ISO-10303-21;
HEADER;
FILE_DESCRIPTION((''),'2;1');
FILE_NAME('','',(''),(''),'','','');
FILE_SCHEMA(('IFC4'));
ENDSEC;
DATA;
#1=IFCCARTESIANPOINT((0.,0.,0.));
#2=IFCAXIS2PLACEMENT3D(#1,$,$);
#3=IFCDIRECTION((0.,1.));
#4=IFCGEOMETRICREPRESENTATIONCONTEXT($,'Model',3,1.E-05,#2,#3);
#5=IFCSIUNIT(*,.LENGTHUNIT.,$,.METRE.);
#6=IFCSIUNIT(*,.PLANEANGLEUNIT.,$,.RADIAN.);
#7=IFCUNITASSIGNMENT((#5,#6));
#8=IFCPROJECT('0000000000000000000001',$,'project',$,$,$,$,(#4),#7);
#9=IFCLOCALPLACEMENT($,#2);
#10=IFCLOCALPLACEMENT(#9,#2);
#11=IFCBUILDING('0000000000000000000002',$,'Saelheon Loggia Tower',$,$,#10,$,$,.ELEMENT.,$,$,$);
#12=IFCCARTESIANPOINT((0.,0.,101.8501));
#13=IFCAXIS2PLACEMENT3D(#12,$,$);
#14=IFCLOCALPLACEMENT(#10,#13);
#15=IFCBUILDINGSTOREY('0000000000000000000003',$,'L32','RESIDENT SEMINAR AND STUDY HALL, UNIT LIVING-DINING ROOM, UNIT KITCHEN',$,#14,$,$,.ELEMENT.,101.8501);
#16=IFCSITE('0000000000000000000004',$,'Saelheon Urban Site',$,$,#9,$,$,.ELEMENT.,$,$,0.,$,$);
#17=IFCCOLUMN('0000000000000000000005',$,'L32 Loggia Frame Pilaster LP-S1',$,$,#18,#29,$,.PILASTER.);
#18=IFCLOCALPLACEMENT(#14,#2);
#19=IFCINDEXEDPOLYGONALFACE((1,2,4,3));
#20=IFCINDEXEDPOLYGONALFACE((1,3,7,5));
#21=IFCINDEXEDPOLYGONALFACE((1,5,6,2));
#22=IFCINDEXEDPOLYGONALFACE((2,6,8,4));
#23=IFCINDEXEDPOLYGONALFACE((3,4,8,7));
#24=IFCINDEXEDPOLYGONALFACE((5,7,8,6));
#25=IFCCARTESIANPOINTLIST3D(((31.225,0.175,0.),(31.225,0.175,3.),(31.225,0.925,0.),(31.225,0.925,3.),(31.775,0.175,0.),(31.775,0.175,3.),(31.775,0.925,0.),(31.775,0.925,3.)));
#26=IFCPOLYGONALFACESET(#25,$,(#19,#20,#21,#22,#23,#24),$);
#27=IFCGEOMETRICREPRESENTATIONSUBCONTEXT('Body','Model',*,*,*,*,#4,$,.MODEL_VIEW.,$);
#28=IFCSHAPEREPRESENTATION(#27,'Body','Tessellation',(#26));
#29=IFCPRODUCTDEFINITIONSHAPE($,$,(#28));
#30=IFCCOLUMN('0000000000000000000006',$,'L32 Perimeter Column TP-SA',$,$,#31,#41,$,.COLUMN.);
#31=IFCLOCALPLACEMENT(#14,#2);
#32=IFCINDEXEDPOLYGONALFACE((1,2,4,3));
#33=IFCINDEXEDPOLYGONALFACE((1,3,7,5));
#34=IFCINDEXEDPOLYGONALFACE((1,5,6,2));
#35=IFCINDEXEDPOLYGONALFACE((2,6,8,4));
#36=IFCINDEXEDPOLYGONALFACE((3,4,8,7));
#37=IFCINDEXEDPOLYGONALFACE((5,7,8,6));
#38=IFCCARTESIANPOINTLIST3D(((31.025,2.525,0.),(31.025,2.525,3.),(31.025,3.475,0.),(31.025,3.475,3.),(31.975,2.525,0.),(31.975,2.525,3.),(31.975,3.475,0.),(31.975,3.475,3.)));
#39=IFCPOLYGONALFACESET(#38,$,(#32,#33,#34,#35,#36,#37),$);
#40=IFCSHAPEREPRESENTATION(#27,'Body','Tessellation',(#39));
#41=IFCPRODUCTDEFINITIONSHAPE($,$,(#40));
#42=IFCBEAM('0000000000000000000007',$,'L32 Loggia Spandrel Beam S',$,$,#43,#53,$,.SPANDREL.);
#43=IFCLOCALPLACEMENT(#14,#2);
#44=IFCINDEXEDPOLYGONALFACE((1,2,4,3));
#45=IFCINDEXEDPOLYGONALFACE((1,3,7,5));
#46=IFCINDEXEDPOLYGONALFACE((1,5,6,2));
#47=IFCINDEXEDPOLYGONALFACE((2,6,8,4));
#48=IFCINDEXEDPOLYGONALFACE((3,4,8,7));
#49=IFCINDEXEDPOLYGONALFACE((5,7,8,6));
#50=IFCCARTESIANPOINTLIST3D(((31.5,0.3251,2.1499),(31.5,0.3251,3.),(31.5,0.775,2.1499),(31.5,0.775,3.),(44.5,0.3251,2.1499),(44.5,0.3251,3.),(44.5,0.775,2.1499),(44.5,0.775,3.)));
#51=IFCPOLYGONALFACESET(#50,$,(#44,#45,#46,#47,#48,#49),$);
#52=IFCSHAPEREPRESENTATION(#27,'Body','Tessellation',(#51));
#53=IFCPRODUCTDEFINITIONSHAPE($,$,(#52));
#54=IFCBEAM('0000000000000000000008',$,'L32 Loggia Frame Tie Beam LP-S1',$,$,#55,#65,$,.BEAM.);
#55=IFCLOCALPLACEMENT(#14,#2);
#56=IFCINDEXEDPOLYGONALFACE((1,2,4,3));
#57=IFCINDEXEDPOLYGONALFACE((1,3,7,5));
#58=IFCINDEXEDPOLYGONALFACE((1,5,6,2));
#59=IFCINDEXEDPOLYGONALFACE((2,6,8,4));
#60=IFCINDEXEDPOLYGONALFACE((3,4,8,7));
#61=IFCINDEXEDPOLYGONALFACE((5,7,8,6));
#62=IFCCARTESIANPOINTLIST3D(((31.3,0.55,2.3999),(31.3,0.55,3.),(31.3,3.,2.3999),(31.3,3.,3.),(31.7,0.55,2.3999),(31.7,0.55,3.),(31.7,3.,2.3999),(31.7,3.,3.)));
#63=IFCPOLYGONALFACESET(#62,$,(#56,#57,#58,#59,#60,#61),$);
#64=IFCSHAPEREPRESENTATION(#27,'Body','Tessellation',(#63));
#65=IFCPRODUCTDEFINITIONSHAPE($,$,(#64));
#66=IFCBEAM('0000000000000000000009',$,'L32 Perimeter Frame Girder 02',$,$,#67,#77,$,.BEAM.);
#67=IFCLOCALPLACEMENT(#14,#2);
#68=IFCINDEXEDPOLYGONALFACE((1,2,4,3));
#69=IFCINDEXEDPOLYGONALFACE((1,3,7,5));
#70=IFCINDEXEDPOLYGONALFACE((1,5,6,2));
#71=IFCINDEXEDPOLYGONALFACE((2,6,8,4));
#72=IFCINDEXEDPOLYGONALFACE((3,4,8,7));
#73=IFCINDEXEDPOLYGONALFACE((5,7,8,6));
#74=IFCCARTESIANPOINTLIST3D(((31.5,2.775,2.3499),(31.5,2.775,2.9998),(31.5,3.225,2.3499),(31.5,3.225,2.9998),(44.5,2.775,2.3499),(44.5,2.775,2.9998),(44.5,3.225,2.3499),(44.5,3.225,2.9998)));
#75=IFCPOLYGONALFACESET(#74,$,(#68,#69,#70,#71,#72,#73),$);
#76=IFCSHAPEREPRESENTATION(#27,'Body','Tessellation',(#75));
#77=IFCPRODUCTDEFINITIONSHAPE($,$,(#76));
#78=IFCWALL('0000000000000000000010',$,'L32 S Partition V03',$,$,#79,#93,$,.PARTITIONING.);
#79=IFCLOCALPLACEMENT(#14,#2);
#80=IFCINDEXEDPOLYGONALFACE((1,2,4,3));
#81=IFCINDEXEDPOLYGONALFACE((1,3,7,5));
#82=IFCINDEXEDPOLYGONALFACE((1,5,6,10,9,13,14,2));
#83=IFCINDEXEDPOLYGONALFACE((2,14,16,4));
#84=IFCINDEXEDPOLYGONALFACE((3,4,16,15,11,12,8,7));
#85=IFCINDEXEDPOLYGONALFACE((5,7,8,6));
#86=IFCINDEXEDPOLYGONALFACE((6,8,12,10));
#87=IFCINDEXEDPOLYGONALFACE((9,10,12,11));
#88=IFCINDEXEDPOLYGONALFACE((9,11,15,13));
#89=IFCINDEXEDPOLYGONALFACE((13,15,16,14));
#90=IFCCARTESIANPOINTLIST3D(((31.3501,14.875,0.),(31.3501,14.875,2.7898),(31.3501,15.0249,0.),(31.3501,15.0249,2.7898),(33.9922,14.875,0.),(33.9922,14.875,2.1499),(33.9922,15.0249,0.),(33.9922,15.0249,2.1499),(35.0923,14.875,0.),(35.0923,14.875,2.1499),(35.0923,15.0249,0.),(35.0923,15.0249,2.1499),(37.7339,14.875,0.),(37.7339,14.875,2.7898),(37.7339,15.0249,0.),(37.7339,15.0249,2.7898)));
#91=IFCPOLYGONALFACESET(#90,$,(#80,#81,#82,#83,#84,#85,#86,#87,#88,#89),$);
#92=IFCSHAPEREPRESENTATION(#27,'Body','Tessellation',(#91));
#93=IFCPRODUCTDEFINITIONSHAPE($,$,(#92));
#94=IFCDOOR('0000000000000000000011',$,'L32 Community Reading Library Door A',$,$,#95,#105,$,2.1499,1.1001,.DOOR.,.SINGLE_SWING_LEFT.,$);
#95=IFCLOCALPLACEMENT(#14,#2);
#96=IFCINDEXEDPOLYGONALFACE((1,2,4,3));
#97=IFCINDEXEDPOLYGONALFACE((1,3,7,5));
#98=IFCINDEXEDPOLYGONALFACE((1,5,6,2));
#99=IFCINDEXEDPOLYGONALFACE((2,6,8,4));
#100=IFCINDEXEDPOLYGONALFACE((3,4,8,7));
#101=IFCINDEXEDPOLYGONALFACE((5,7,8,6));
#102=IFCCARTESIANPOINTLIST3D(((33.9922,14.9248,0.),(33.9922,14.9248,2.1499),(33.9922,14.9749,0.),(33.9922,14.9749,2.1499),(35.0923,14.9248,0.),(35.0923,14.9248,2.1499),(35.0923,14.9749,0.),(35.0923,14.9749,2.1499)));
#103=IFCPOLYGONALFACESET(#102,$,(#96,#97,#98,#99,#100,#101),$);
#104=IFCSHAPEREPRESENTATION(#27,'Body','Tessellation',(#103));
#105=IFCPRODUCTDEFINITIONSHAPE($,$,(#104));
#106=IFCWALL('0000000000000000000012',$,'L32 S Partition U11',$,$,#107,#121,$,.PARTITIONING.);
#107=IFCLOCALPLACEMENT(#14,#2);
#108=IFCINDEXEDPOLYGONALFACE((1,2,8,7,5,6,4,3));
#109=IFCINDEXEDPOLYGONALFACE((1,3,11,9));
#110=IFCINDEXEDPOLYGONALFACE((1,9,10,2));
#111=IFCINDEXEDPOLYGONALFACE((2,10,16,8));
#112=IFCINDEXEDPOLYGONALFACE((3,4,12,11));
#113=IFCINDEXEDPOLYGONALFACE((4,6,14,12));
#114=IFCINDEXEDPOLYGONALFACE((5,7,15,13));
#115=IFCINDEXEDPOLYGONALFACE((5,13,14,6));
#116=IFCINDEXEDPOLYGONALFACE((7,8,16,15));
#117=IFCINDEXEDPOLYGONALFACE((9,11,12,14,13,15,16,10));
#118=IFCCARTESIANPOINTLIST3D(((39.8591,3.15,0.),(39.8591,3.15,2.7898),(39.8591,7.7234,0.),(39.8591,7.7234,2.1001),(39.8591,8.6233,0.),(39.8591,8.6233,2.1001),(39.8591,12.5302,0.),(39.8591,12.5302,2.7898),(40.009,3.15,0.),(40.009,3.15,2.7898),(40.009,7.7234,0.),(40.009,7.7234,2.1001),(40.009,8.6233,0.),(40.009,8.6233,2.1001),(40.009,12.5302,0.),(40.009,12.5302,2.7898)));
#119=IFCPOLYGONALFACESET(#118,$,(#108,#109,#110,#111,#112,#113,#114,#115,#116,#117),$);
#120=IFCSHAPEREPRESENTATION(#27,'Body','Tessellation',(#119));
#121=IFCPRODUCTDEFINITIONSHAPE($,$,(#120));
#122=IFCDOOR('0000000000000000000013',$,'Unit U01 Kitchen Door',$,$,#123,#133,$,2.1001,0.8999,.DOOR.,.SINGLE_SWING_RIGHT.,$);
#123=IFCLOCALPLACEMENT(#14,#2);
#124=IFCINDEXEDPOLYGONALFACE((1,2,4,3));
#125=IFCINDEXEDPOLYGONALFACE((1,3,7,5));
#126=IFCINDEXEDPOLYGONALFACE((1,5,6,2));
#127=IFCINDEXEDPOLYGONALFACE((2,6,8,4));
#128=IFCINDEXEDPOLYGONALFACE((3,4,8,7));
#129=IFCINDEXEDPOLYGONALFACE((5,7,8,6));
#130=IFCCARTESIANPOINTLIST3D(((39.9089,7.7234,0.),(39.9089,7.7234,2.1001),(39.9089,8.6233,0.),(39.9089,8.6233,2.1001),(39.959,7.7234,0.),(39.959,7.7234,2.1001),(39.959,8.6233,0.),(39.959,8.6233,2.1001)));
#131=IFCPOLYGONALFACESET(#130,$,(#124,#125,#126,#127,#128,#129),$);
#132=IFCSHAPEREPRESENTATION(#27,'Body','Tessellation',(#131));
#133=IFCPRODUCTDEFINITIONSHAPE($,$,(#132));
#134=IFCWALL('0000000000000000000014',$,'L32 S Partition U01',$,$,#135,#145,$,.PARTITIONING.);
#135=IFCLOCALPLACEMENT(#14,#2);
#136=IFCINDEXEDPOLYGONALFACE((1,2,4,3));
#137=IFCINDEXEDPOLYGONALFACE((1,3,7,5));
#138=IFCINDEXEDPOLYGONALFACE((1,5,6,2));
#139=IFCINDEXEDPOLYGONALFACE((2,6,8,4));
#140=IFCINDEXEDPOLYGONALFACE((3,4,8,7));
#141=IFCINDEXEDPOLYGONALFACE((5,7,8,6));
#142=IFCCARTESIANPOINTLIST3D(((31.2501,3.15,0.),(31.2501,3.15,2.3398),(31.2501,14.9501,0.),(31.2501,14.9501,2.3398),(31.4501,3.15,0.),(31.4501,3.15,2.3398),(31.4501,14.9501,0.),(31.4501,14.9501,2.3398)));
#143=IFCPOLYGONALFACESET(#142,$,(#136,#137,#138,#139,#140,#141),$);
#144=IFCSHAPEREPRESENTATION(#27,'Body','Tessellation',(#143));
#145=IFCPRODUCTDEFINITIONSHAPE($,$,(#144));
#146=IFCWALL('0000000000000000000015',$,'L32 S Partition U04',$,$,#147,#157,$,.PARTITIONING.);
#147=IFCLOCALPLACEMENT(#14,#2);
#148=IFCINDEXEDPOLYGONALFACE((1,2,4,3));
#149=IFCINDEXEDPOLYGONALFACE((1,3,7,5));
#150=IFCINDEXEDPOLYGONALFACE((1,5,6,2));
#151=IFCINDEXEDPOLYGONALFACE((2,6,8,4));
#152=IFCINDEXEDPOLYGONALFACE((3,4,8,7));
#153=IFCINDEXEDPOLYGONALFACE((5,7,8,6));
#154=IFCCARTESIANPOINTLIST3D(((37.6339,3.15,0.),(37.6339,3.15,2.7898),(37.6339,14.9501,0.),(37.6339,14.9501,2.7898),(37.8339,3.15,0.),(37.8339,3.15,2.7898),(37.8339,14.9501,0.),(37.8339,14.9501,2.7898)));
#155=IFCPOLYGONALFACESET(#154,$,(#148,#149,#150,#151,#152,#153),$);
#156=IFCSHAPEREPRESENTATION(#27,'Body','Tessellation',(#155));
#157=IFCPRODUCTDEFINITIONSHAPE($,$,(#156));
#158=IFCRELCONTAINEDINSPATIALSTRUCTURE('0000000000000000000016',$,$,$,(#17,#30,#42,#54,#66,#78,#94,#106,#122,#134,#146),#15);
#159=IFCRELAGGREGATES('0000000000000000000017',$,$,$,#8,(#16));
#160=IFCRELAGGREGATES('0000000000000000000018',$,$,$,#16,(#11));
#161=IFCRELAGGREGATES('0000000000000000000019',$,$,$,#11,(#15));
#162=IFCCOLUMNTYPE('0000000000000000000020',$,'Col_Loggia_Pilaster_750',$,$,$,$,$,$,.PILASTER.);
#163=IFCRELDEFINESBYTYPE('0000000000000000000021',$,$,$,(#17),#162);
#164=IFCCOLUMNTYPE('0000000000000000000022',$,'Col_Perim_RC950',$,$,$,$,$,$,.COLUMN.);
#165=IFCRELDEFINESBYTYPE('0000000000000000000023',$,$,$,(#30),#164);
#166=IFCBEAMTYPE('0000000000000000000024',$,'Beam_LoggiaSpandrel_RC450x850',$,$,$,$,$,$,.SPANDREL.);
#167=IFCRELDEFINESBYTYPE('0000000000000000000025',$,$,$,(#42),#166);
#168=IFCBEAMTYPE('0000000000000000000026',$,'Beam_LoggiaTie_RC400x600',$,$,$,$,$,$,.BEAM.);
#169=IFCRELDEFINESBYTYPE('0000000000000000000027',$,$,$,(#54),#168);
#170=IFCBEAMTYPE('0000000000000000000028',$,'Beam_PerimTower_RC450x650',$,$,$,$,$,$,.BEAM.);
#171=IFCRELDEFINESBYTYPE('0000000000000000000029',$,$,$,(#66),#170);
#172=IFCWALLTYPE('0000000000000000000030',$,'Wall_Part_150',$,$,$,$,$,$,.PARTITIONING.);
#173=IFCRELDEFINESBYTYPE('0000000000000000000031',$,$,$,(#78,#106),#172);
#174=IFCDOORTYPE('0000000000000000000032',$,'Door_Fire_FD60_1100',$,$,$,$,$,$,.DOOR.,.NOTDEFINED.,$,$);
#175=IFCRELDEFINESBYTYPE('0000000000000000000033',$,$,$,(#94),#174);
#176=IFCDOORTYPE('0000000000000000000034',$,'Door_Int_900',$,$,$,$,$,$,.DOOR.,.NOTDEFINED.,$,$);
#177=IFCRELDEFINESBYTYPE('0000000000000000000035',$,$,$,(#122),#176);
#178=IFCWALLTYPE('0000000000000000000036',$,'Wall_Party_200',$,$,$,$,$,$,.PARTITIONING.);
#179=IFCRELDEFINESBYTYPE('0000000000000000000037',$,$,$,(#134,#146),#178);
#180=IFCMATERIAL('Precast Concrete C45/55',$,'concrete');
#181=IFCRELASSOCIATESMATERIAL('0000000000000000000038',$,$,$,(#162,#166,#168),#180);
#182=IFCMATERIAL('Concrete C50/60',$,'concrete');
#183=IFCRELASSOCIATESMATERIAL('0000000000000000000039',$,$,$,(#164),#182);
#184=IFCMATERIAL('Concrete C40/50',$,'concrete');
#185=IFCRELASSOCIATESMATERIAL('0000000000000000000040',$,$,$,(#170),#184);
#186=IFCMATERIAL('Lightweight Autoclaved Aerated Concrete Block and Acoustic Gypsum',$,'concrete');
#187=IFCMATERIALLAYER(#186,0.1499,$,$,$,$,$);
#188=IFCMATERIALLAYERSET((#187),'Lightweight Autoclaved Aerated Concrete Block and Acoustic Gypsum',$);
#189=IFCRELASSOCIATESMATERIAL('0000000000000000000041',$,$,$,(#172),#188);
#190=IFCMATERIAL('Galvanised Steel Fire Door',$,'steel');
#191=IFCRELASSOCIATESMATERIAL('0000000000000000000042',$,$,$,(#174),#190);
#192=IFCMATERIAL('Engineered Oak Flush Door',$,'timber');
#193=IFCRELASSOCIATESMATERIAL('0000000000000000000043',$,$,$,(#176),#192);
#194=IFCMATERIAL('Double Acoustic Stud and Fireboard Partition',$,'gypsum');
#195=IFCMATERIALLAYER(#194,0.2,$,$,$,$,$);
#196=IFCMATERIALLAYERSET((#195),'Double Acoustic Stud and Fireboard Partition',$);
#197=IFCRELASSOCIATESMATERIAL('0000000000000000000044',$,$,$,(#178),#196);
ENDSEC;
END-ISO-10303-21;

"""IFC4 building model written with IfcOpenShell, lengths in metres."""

from ifc_helpers import new_model, si_unit, direction, frame, frame_2d, origin, origin_2d, place, context, subcontext, project, spatial, rectangle, extrude, source, transform, mapped, material, layer, layer_set, material_profile, profile_set, type_object, element, fill, save


model = new_model("IFC4")

# Units and contexts
model_context = context("Model", 3, precision=1e-05, world=origin(), true_north=direction((0.0, 1.0)))
body_context = subcontext(model_context, "Body", "Model", "MODEL_VIEW")
ifc_project = project(units=[si_unit("LENGTHUNIT", "METRE"), si_unit("PLANEANGLEUNIT", "RADIAN")], contexts=[model_context])

# Site, building, storey
site_placement = place(None, origin())
site = spatial("IfcSite", under=ifc_project, at=site_placement, Name="Saelheon Urban Site", CompositionType="ELEMENT", RefElevation=0.0)
building_placement = place(site_placement, origin())
building = spatial("IfcBuilding", under=site, at=building_placement, Name="Saelheon Loggia Tower", CompositionType="ELEMENT")
storey_placement = place(building_placement, frame((0.0, 0.0, 101.8501)))
storey = spatial("IfcBuildingStorey", under=building, at=storey_placement, Name="L32", Description="RESIDENT SEMINAR AND STUDY HALL, UNIT LIVING-DINING ROOM, UNIT KITCHEN", CompositionType="ELEMENT", Elevation=101.8501)

# Columns
ifc_material_1 = material(Name="Precast Concrete C45/55", Category="concrete")
ifc_material_profile_1 = material_profile(ifc_material_1, rectangle(XDim=0.55, YDim=0.75, at=origin_2d()), Name="RC-550x750")
ifc_profile_set_1 = profile_set([ifc_material_profile_1], Name="Precast Concrete C45/55")
column_type_1 = type_object("IfcColumnType", Name="Col_Loggia_Pilaster_750", PredefinedType="PILASTER", material=ifc_profile_set_1)
shared_shape_1 = source(origin(), body_context, "Body", "SweptSolid", [
    extrude(rectangle(XDim=0.55, YDim=0.75, at=origin_2d()), origin(), (0.0, 0.0, 1.0), 3.0),
])
column_1_placement = place(storey_placement, frame((31.5, 0.55, 0.0), z_axis=(0.0, 0.0, 1.0), x_axis=(1.0, 0.0, 0.0)))
element("IfcColumn", 1, at=column_1_placement, inside=storey, type_object=column_type_1, Name="L32 Loggia Frame Pilaster LP-S1", PredefinedType="PILASTER", context=body_context, shape_type="MappedRepresentation", body=[
    mapped(shared_shape_1, transform((0.0, 0.0, 0.0), scale=1.0)),
])
ifc_material_2 = material(Name="Concrete C50/60", Category="concrete")
ifc_material_profile_2 = material_profile(ifc_material_2, rectangle(XDim=0.95, YDim=0.95, at=origin_2d()), Name="RC-950x950")
ifc_profile_set_2 = profile_set([ifc_material_profile_2], Name="Concrete C50/60")
column_type_2 = type_object("IfcColumnType", Name="Col_Perim_RC950", PredefinedType="COLUMN", material=ifc_profile_set_2)
shared_shape_2 = source(origin(), body_context, "Body", "SweptSolid", [
    extrude(rectangle(XDim=0.95, YDim=0.95, at=origin_2d()), origin(), (0.0, 0.0, 1.0), 3.0),
])
column_2_placement = place(storey_placement, frame((31.5, 3.0, 0.0), z_axis=(0.0, 0.0, 1.0), x_axis=(1.0, 0.0, 0.0)))
element("IfcColumn", 2, at=column_2_placement, inside=storey, type_object=column_type_2, Name="L32 Perimeter Column TP-SA", PredefinedType="COLUMN", context=body_context, shape_type="MappedRepresentation", body=[
    mapped(shared_shape_2, transform((0.0, 0.0, 0.0), scale=1.0)),
])

# Beams
ifc_material_profile_3 = material_profile(ifc_material_1, rectangle(XDim=0.45, YDim=0.8501, at=origin_2d()), Name="RC-450x850")
ifc_profile_set_3 = profile_set([ifc_material_profile_3], Name="Precast Concrete C45/55")
beam_type_1 = type_object("IfcBeamType", Name="Beam_LoggiaSpandrel_RC450x850", PredefinedType="SPANDREL", material=ifc_profile_set_3)
shared_shape_3 = source(origin(), body_context, "Body", "SweptSolid", [
    extrude(rectangle(XDim=0.45, YDim=0.8501, at=origin_2d()), origin(), (0.0, 0.0, 1.0), 13.0),
])
beam_1_placement = place(storey_placement, frame((31.5, 0.55, 2.575), z_axis=(1.0, 0.0, 0.0), x_axis=(0.0, 1.0, 0.0)))
element("IfcBeam", 3, at=beam_1_placement, inside=storey, type_object=beam_type_1, Name="L32 Loggia Spandrel Beam S", PredefinedType="SPANDREL", context=body_context, shape_type="MappedRepresentation", body=[
    mapped(shared_shape_3, transform((0.0, 0.0, 0.0), scale=1.0)),
])
ifc_material_profile_4 = material_profile(ifc_material_1, rectangle(XDim=0.3999, YDim=0.6001, at=origin_2d()), Name="RC-400x600")
ifc_profile_set_4 = profile_set([ifc_material_profile_4], Name="Precast Concrete C45/55")
beam_type_2 = type_object("IfcBeamType", Name="Beam_LoggiaTie_RC400x600", PredefinedType="BEAM", material=ifc_profile_set_4)
shared_shape_4 = source(origin(), body_context, "Body", "SweptSolid", [
    extrude(rectangle(XDim=0.3999, YDim=0.6001, at=origin_2d()), origin(), (0.0, 0.0, 1.0), 2.45),
])
beam_2_placement = place(storey_placement, frame((31.5, 3.0, 2.7), z_axis=(0.0, -1.0, 0.0), x_axis=(1.0, 0.0, 0.0)))
element("IfcBeam", 4, at=beam_2_placement, inside=storey, type_object=beam_type_2, Name="L32 Loggia Frame Tie Beam LP-S1", PredefinedType="BEAM", context=body_context, shape_type="MappedRepresentation", body=[
    mapped(shared_shape_4, transform((0.0, 0.0, 0.0), scale=1.0)),
])
ifc_material_3 = material(Name="Concrete C40/50", Category="concrete")
ifc_material_profile_5 = material_profile(ifc_material_3, rectangle(XDim=0.45, YDim=0.6499, at=origin_2d()), Name="RC-450x650")
ifc_profile_set_5 = profile_set([ifc_material_profile_5], Name="Concrete C40/50")
beam_type_3 = type_object("IfcBeamType", Name="Beam_PerimTower_RC450x650", PredefinedType="BEAM", material=ifc_profile_set_5)
shared_shape_5 = source(origin(), body_context, "Body", "SweptSolid", [
    extrude(rectangle(XDim=0.45, YDim=0.6499, at=origin_2d()), origin(), (0.0, 0.0, 1.0), 13.0),
])
beam_3_placement = place(storey_placement, frame((31.5, 3.0, 2.6748), z_axis=(1.0, 0.0, 0.0), x_axis=(0.0, 1.0, 0.0)))
element("IfcBeam", 5, at=beam_3_placement, inside=storey, type_object=beam_type_3, Name="L32 Perimeter Frame Girder 02", PredefinedType="BEAM", context=body_context, shape_type="MappedRepresentation", body=[
    mapped(shared_shape_5, transform((0.0, 0.0, 0.0), scale=1.0)),
])

# Walls, openings, doors
ifc_material_4 = material(Name="Lightweight Autoclaved Aerated Concrete Block and Acoustic Gypsum", Category="concrete")
ifc_layer_1 = layer(ifc_material_4, 0.1499)
ifc_layer_set_1 = layer_set([ifc_layer_1], Name="Lightweight Autoclaved Aerated Concrete Block and Acoustic Gypsum")
wall_type_1 = type_object("IfcWallType", Name="Wall_Part_150", PredefinedType="PARTITIONING", material=ifc_layer_set_1)
wall_1_placement = place(storey_placement, frame((31.3501, 14.95, 0.0), z_axis=(0.0, 0.0, 1.0), x_axis=(1.0, 0.0, 0.0)))
wall_1 = element("IfcWall", 6, at=wall_1_placement, inside=storey, type_object=wall_type_1, Name="L32 S Partition V03", PredefinedType="PARTITIONING", context=body_context, shape_type="SweptSolid", body=[
    extrude(rectangle(XDim=6.3838, YDim=0.1499, at=frame_2d((3.1919, 0.0))), origin(), (0.0, 0.0, 1.0), 2.7898),
])
opening_1_placement = place(wall_1_placement, frame((2.6421, 0.0, 0.0)))
opening_1 = element("IfcOpeningElement", 7, at=opening_1_placement, cuts=wall_1, PredefinedType="OPENING", context=body_context, shape_type="SweptSolid", body=[
    extrude(rectangle(XDim=1.1001, YDim=2.1499, at=frame_2d((0.55, 1.075))), frame((0.0, 0.0869, 0.0), z_axis=(0.0, -1.0, 0.0), x_axis=(1.0, 0.0, 0.0)), (0.0, 0.0, 1.0), 0.1738),
])
ifc_material_5 = material(Name="Galvanised Steel Fire Door", Category="steel")
door_type_1 = type_object("IfcDoorType", Name="Door_Fire_FD60_1100", OperationType="NOTDEFINED", PredefinedType="DOOR", material=ifc_material_5)
shared_shape_6 = source(origin(), body_context, "Body", "SweptSolid", [
    extrude(rectangle(XDim=1.1001, YDim=2.1499, at=frame_2d((0.55, 1.075))), frame((0.0, 0.0249, 0.0), z_axis=(0.0, -1.0, 0.0), x_axis=(1.0, 0.0, 0.0)), (0.0, 0.0, 1.0), 0.05),
])
door_1_placement = place(opening_1_placement, origin())
door_1 = element("IfcDoor", 8, at=door_1_placement, inside=storey, type_object=door_type_1, Name="L32 Community Reading Library Door A", OperationType="SINGLE_SWING_LEFT", OverallHeight=2.1499, OverallWidth=1.1001, PredefinedType="DOOR", context=body_context, shape_type="MappedRepresentation", body=[
    mapped(shared_shape_6, transform((0.0, 0.0, 0.0), scale=1.0)),
])
fill(opening_1, door_1)
wall_2_placement = place(storey_placement, frame((39.9341, 12.53, 0.0), z_axis=(0.0, 0.0, 1.0), x_axis=(0.0, -1.0, 0.0)))
wall_2 = element("IfcWall", 9, at=wall_2_placement, inside=storey, type_object=wall_type_1, Name="L32 S Partition U11", PredefinedType="PARTITIONING", context=body_context, shape_type="SweptSolid", body=[
    extrude(rectangle(XDim=9.3801, YDim=0.1499, at=frame_2d((4.6899, 0.0))), origin(), (0.0, 0.0, 1.0), 2.7898),
])
opening_2_placement = place(wall_2_placement, frame((3.9067, 0.0, 0.0)))
opening_2 = element("IfcOpeningElement", 10, at=opening_2_placement, cuts=wall_2, PredefinedType="OPENING", context=body_context, shape_type="SweptSolid", body=[
    extrude(rectangle(XDim=0.8999, YDim=2.1001, at=frame_2d((0.45, 1.05))), frame((0.0, 0.0869, 0.0), z_axis=(0.0, -1.0, 0.0), x_axis=(1.0, 0.0, 0.0)), (0.0, 0.0, 1.0), 0.1738),
])
ifc_material_6 = material(Name="Engineered Oak Flush Door", Category="timber")
door_type_2 = type_object("IfcDoorType", Name="Door_Int_900", OperationType="NOTDEFINED", PredefinedType="DOOR", material=ifc_material_6)
shared_shape_7 = source(origin(), body_context, "Body", "SweptSolid", [
    extrude(rectangle(XDim=0.8999, YDim=2.1001, at=frame_2d((0.45, 1.05))), frame((0.0, 0.0249, 0.0), z_axis=(0.0, -1.0, 0.0), x_axis=(1.0, 0.0, 0.0)), (0.0, 0.0, 1.0), 0.05),
])
door_2_placement = place(opening_2_placement, origin())
door_2 = element("IfcDoor", 11, at=door_2_placement, inside=storey, type_object=door_type_2, Name="Unit U01 Kitchen Door", OperationType="SINGLE_SWING_RIGHT", OverallHeight=2.1001, OverallWidth=0.8999, PredefinedType="DOOR", context=body_context, shape_type="MappedRepresentation", body=[
    mapped(shared_shape_7, transform((0.0, 0.0, 0.0), scale=1.0)),
])
fill(opening_2, door_2)

# Walls
ifc_material_7 = material(Name="Double Acoustic Stud and Fireboard Partition", Category="gypsum")
ifc_layer_2 = layer(ifc_material_7, 0.2)
ifc_layer_set_2 = layer_set([ifc_layer_2], Name="Double Acoustic Stud and Fireboard Partition")
wall_type_2 = type_object("IfcWallType", Name="Wall_Party_200", PredefinedType="PARTITIONING", material=ifc_layer_set_2)
wall_3_placement = place(storey_placement, frame((31.3501, 14.95, 0.0), z_axis=(0.0, 0.0, 1.0), x_axis=(0.0, -1.0, 0.0)))
element("IfcWall", 12, at=wall_3_placement, inside=storey, type_object=wall_type_2, Name="L32 S Partition U01", PredefinedType="PARTITIONING", context=body_context, shape_type="SweptSolid", body=[
    extrude(rectangle(XDim=11.8, YDim=0.2, at=frame_2d((5.8999, 0.0))), origin(), (0.0, 0.0, 1.0), 2.3398),
])
wall_4_placement = place(storey_placement, frame((37.7339, 14.95, 0.0), z_axis=(0.0, 0.0, 1.0), x_axis=(0.0, -1.0, 0.0)))
element("IfcWall", 13, at=wall_4_placement, inside=storey, type_object=wall_type_2, Name="L32 S Partition U04", PredefinedType="PARTITIONING", context=body_context, shape_type="SweptSolid", body=[
    extrude(rectangle(XDim=11.8, YDim=0.2, at=frame_2d((5.8999, 0.0))), origin(), (0.0, 0.0, 1.0), 2.7898),
])

save(model, "model.ifc")
